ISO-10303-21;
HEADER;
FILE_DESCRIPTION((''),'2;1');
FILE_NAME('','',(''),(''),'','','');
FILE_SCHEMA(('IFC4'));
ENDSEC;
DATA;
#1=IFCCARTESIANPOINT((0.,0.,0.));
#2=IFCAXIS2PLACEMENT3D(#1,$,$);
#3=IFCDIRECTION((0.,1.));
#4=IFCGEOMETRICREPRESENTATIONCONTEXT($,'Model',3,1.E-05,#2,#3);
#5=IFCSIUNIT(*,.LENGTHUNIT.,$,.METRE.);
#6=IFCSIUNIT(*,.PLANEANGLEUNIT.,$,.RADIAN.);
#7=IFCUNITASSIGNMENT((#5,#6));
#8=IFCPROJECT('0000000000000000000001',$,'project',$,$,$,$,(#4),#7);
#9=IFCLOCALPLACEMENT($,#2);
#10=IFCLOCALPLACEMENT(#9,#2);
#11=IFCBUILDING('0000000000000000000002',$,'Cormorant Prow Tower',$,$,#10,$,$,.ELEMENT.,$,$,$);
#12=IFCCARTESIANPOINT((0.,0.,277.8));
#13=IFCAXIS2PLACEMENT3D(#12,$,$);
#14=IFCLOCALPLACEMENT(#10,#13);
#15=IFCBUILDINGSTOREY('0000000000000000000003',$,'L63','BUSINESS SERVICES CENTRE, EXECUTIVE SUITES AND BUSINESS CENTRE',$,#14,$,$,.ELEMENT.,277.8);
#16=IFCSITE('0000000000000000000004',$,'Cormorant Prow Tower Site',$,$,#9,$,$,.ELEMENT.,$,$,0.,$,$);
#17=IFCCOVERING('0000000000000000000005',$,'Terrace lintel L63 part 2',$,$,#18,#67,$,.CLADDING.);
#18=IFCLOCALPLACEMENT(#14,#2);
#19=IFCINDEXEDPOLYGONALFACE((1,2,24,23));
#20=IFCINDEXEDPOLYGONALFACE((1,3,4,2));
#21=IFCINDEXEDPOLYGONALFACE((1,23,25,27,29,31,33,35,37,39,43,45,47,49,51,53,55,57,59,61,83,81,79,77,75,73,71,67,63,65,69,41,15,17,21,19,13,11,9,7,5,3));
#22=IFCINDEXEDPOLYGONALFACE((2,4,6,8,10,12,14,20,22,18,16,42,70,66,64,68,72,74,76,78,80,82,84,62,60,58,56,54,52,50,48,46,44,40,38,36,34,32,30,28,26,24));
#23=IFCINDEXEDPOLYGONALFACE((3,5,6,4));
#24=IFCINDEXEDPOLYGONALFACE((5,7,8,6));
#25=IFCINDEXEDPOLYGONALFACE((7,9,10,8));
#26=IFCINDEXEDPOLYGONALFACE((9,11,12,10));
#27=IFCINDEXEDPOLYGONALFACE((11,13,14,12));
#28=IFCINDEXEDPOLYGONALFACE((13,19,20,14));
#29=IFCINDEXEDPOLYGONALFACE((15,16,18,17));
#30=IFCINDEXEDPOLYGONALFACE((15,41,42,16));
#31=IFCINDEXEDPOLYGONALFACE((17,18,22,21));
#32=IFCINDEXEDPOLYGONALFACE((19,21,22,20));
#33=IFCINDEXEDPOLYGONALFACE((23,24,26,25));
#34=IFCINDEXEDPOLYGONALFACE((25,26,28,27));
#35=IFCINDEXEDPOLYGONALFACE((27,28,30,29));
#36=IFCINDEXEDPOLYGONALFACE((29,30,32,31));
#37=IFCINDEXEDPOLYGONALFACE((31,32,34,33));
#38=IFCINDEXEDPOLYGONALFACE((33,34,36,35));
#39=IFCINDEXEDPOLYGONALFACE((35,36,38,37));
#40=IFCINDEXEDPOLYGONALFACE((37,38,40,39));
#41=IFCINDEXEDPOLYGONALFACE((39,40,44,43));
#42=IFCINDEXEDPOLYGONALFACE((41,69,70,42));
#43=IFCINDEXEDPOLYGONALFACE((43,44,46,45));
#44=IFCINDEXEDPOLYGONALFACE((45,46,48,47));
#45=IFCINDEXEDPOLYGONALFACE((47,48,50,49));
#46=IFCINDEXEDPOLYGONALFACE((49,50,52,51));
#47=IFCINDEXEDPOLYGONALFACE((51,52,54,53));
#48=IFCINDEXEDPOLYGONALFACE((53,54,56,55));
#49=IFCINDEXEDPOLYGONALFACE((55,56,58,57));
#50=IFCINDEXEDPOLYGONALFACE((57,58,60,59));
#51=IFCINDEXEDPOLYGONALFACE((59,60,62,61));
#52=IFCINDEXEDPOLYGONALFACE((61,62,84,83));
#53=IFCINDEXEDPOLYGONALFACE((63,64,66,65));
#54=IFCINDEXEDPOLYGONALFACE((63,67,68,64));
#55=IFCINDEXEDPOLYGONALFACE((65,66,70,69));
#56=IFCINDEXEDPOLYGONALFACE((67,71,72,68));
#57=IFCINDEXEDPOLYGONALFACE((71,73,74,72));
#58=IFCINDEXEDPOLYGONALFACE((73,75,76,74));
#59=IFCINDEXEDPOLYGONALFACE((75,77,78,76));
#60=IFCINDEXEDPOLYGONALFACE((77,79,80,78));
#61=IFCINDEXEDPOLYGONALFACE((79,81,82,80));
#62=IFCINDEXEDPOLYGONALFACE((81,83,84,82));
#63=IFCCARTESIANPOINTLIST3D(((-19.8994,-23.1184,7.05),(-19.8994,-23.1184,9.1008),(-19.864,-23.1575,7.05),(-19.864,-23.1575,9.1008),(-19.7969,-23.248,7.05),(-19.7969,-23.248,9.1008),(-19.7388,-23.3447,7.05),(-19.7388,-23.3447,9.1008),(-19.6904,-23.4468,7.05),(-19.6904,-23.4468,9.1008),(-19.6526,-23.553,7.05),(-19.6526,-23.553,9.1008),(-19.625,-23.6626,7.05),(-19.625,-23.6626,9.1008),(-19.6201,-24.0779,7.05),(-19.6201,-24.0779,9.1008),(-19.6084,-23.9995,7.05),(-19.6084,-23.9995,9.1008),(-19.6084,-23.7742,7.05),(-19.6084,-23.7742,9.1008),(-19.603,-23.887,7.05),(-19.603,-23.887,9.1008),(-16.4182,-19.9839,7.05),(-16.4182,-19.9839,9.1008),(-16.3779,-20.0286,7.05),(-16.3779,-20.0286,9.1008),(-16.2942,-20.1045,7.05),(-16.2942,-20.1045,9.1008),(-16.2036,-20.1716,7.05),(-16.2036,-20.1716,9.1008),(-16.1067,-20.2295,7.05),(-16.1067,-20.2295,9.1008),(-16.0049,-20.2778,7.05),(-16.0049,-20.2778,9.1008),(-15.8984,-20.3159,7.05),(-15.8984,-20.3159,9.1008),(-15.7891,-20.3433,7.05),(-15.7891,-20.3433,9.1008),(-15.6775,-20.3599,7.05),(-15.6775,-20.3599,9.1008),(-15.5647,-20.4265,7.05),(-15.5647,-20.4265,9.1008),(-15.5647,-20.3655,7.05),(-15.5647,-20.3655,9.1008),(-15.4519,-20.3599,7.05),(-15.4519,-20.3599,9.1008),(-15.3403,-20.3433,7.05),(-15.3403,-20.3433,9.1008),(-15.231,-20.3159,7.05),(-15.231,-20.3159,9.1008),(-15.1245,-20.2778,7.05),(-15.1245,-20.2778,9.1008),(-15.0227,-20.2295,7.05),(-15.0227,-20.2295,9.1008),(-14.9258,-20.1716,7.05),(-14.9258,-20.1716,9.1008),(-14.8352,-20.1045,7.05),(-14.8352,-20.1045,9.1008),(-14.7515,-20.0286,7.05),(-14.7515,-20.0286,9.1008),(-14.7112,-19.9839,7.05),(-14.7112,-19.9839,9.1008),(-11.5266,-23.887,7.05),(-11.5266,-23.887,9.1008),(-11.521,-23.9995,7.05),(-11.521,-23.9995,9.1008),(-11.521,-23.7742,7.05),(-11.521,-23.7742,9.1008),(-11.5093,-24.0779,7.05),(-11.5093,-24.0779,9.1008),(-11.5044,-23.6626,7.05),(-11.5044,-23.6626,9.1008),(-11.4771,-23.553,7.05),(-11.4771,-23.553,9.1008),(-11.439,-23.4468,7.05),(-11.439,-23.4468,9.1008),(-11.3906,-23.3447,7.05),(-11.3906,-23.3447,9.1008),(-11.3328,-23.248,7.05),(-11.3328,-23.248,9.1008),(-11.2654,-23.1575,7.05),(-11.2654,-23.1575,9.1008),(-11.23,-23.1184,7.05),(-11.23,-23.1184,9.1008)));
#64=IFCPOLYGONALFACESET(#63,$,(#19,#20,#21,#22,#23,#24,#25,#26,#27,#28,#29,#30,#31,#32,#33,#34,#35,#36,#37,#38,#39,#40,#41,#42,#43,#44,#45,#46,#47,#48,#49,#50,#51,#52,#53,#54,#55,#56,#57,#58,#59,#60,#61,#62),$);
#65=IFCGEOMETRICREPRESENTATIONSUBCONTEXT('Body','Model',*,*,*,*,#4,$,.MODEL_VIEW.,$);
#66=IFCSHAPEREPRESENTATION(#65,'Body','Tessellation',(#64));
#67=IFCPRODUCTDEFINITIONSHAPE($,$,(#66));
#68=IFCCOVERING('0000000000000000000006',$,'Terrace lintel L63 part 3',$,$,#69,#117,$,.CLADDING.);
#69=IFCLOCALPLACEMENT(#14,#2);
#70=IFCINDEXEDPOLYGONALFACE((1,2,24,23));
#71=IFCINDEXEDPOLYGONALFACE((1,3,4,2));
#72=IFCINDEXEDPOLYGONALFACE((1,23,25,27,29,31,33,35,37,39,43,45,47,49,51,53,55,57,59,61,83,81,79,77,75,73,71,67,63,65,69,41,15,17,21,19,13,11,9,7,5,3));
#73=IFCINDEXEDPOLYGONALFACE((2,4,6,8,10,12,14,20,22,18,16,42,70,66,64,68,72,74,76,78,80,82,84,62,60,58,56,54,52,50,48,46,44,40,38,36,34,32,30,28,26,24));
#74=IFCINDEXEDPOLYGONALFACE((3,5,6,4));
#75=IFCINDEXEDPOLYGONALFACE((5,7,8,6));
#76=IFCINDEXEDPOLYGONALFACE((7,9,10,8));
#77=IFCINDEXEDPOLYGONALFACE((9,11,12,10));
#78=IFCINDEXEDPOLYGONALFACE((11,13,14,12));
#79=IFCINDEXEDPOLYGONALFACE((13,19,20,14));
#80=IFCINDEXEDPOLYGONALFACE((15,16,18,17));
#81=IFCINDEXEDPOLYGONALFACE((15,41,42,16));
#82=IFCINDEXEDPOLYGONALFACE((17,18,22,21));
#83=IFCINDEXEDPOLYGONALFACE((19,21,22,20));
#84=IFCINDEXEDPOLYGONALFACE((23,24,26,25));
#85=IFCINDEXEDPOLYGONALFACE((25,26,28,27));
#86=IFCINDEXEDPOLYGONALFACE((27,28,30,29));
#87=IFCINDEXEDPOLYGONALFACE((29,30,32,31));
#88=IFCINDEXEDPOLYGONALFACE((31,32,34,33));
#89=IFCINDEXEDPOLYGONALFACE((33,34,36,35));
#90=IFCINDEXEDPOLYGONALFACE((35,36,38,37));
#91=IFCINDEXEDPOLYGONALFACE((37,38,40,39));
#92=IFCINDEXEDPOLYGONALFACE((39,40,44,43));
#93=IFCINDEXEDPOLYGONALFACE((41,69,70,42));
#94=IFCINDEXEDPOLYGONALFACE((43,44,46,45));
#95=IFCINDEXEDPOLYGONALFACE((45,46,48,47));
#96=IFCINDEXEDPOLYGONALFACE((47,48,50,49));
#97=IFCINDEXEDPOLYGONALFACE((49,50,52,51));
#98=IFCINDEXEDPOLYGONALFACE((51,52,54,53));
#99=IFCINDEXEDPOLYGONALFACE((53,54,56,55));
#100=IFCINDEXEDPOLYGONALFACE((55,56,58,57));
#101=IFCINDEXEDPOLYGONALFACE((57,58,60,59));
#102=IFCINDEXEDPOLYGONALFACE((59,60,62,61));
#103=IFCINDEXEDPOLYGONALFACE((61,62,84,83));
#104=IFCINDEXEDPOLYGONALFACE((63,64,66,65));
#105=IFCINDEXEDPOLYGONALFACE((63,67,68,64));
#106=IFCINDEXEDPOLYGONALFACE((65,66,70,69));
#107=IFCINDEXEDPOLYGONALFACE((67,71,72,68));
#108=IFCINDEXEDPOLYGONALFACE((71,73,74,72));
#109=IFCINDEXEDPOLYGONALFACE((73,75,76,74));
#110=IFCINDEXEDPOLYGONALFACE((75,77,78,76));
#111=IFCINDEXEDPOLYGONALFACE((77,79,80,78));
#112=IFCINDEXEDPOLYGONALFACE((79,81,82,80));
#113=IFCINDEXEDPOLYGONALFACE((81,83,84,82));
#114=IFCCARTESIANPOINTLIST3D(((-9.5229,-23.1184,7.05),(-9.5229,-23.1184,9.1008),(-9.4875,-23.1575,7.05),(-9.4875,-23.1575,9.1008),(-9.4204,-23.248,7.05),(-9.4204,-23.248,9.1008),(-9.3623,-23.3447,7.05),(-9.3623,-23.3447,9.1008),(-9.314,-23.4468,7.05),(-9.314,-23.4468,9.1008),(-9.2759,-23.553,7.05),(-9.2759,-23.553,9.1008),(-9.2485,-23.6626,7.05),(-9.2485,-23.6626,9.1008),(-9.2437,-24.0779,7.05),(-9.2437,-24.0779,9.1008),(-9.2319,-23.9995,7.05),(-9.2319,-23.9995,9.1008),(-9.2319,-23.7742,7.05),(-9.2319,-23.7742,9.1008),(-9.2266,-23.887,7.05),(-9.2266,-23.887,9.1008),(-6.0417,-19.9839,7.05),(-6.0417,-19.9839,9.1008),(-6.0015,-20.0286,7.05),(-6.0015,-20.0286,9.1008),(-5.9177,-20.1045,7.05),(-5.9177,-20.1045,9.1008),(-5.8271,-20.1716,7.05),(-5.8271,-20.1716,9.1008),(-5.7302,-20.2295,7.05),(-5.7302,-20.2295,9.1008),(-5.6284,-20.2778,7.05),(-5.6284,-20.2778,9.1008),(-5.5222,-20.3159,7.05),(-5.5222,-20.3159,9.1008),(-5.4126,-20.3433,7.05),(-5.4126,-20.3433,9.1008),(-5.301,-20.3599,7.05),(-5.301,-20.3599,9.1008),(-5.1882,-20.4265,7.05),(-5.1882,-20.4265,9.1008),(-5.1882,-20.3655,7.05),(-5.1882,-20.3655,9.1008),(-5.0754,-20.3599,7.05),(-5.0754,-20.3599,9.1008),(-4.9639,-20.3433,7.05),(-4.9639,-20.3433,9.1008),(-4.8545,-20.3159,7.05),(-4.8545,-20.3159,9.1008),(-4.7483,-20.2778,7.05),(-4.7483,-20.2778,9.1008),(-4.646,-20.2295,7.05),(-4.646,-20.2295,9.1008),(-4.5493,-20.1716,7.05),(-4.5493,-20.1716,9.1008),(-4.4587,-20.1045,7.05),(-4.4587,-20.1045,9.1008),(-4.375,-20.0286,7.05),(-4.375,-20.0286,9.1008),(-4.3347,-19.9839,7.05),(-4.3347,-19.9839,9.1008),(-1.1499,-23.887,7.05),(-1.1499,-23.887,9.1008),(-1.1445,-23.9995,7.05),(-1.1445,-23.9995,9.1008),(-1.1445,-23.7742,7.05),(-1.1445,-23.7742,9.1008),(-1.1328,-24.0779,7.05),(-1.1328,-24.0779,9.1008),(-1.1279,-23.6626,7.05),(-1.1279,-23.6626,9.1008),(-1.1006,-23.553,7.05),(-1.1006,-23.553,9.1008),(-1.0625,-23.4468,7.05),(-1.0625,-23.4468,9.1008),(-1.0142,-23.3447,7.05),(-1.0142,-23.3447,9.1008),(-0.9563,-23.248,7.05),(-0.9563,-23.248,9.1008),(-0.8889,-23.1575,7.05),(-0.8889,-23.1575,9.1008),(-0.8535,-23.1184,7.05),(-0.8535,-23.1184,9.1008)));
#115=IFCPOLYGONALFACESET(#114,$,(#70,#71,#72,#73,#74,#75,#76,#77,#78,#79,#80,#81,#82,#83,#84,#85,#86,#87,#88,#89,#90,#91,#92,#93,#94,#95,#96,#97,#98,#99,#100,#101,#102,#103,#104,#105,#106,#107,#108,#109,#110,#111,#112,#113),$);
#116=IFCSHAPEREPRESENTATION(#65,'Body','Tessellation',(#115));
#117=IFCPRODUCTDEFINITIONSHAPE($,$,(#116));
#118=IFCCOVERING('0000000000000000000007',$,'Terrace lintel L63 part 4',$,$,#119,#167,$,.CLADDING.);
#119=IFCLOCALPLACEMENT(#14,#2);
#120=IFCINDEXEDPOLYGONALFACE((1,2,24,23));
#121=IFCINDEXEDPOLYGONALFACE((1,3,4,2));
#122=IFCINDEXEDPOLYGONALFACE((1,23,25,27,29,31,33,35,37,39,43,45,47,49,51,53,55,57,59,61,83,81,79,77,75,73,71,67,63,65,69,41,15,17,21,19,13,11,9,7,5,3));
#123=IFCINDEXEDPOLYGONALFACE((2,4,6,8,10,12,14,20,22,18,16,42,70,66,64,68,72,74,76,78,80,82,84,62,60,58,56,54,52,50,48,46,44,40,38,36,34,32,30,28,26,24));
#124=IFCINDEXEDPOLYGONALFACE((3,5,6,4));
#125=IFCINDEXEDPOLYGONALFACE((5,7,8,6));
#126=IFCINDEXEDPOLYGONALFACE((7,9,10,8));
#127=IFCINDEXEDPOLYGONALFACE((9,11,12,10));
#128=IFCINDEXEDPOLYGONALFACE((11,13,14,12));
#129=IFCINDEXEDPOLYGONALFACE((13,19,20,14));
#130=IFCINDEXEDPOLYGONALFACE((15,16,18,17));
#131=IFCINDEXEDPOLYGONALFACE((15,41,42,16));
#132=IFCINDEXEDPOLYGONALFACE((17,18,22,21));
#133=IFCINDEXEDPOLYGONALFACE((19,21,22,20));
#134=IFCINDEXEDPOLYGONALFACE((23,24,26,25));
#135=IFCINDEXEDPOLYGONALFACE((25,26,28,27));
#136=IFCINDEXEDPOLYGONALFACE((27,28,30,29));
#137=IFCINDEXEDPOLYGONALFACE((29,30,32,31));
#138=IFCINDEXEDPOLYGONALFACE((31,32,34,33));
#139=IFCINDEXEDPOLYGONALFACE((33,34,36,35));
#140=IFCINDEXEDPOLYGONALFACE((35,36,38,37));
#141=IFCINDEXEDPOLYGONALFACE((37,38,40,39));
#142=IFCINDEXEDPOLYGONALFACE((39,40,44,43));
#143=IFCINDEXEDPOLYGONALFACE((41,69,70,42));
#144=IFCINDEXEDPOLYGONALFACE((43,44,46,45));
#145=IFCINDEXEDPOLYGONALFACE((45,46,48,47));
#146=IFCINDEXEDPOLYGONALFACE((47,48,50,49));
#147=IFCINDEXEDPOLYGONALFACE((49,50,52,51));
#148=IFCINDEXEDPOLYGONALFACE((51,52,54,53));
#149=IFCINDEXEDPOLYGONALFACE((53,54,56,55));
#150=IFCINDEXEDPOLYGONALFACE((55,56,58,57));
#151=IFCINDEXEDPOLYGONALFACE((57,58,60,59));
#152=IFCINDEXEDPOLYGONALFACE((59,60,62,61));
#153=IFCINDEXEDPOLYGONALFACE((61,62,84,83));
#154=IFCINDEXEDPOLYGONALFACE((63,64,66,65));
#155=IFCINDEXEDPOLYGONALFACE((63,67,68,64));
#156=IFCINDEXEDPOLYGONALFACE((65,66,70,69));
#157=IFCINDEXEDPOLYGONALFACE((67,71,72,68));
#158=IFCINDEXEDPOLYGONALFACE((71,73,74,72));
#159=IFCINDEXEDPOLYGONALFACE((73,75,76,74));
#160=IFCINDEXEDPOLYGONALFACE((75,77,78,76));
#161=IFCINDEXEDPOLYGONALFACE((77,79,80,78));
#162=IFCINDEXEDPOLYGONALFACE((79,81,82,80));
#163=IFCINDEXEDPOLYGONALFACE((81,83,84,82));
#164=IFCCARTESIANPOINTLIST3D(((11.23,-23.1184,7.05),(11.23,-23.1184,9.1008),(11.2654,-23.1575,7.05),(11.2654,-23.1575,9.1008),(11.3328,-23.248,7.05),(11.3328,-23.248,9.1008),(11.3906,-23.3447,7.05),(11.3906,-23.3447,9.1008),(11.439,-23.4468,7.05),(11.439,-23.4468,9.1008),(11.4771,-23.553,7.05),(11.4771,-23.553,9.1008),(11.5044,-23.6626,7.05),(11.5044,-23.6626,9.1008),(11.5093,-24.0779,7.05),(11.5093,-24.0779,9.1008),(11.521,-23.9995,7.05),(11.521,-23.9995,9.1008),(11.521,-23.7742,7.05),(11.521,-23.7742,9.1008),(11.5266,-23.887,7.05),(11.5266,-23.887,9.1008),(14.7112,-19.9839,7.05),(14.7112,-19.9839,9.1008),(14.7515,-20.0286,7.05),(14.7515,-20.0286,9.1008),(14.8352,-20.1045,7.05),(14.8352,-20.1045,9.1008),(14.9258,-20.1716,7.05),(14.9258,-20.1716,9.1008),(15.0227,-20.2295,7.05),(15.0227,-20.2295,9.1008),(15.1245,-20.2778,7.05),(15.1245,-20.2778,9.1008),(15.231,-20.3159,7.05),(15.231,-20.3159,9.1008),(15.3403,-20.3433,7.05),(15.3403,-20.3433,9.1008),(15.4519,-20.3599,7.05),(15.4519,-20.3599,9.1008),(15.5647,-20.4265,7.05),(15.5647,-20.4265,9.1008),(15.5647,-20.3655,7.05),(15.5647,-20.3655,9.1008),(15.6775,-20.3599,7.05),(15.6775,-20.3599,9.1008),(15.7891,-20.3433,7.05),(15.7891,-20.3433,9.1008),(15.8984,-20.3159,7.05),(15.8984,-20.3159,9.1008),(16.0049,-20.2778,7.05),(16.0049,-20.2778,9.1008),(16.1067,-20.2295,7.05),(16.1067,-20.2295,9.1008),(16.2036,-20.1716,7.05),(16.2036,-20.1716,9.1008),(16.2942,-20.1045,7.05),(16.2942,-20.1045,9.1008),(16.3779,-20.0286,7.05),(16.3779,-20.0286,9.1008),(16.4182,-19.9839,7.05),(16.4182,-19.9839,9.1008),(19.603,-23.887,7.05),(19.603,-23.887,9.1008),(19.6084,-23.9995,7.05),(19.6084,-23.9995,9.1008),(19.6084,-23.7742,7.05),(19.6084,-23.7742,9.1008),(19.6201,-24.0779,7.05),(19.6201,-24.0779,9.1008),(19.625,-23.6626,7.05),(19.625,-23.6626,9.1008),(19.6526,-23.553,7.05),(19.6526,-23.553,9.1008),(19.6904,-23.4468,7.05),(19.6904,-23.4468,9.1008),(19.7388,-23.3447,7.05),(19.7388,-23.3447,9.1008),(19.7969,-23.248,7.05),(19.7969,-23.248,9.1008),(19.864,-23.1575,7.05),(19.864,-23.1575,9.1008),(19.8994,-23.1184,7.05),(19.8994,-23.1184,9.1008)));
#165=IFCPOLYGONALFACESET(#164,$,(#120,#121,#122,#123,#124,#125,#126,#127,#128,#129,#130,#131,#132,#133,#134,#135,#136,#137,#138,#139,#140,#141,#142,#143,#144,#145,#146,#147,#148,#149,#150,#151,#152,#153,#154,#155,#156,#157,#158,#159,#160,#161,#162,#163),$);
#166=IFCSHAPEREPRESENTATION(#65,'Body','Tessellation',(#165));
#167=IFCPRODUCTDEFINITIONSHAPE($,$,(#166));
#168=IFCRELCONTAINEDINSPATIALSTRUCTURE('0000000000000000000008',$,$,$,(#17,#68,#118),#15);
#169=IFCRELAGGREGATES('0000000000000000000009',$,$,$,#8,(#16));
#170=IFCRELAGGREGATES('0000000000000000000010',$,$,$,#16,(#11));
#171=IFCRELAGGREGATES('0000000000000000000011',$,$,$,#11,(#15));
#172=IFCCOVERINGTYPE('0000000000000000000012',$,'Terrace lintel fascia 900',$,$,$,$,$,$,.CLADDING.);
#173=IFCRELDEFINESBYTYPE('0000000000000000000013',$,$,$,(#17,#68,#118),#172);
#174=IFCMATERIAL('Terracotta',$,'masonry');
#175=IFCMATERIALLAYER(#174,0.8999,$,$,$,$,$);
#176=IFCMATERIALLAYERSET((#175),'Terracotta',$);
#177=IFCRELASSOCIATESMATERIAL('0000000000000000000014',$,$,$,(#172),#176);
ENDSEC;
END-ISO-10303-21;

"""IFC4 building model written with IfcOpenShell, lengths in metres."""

from ifc_helpers import new_model, si_unit, direction, frame, origin, place, context, subcontext, project, spatial, polyline, outline, extrude, material, layer, layer_set, type_object, element, save


model = new_model("IFC4")

# Units and contexts
model_context = context("Model", 3, precision=1e-05, world=origin(), true_north=direction((0.0, 1.0)))
body_context = subcontext(model_context, "Body", "Model", "MODEL_VIEW")
ifc_project = project(units=[si_unit("LENGTHUNIT", "METRE"), si_unit("PLANEANGLEUNIT", "RADIAN")], contexts=[model_context])

# Site, building, storey
site_placement = place(None, origin())
site = spatial("IfcSite", under=ifc_project, at=site_placement, Name="Cormorant Prow Tower Site", CompositionType="ELEMENT", RefElevation=0.0)
building_placement = place(site_placement, origin())
building = spatial("IfcBuilding", under=site, at=building_placement, Name="Cormorant Prow Tower", CompositionType="ELEMENT")
storey_placement = place(building_placement, frame((0.0, 0.0, 277.8)))
storey = spatial("IfcBuildingStorey", under=building, at=storey_placement, Name="L63", Description="BUSINESS SERVICES CENTRE, EXECUTIVE SUITES AND BUSINESS CENTRE", CompositionType="ELEMENT", Elevation=277.8)

# Coverings
ifc_material_1 = material(Name="Terracotta", Category="masonry")
ifc_layer_1 = layer(ifc_material_1, 0.8999)
ifc_layer_set_1 = layer_set([ifc_layer_1], Name="Terracotta")
covering_type = type_object("IfcCoveringType", Name="Terrace lintel fascia 900", PredefinedType="CLADDING", material=ifc_layer_set_1)
covering_1_placement = place(storey_placement, frame((0.0, 0.0, 7.05)))
element("IfcCovering", 1, at=covering_1_placement, inside=storey, type_object=covering_type, Name="Terrace lintel L63 part 2", PredefinedType="CLADDING", context=body_context, shape_type="SweptSolid", body=[
    extrude(outline(polyline([(-11.23, -23.1184), (-11.2654, -23.1575), (-11.3328, -23.248), (-11.3906, -23.3447), (-11.439, -23.4468), (-11.4771, -23.553), (-11.5044, -23.6626), (-11.521, -23.7742), (-11.5266, -23.887), (-11.521, -23.9995), (-11.5093, -24.0779), (-15.5647, -20.4265), (-19.6201, -24.0779), (-19.6084, -23.9995), (-19.603, -23.887), (-19.6084, -23.7742), (-19.625, -23.6626), (-19.6526, -23.553), (-19.6904, -23.4468), (-19.7388, -23.3447), (-19.7969, -23.248), (-19.864, -23.1575), (-19.8994, -23.1184), (-16.4182, -19.9839), (-16.3779, -20.0286), (-16.2942, -20.1045), (-16.2036, -20.1716), (-16.1067, -20.2295), (-16.0049, -20.2778), (-15.8984, -20.3159), (-15.7891, -20.3433), (-15.6775, -20.3599), (-15.5647, -20.3655), (-15.4519, -20.3599), (-15.3403, -20.3433), (-15.231, -20.3159), (-15.1245, -20.2778), (-15.0227, -20.2295), (-14.9258, -20.1716), (-14.8352, -20.1045), (-14.7515, -20.0286), (-14.7112, -19.9839), (-11.23, -23.1184)])), origin(), (0.0, 0.0, 1.0), 2.0508),
])
covering_2_placement = place(storey_placement, frame((0.0, 0.0, 7.05)))
element("IfcCovering", 2, at=covering_2_placement, inside=storey, type_object=covering_type, Name="Terrace lintel L63 part 3", PredefinedType="CLADDING", context=body_context, shape_type="SweptSolid", body=[
    extrude(outline(polyline([(-6.0417, -19.9839), (-6.0015, -20.0286), (-5.9177, -20.1045), (-5.8271, -20.1716), (-5.7302, -20.2295), (-5.6284, -20.2778), (-5.5222, -20.3159), (-5.4126, -20.3433), (-5.301, -20.3599), (-5.1882, -20.3655), (-5.0754, -20.3599), (-4.9639, -20.3433), (-4.8545, -20.3159), (-4.7483, -20.2778), (-4.646, -20.2295), (-4.5493, -20.1716), (-4.4587, -20.1045), (-4.375, -20.0286), (-4.3347, -19.9839), (-0.8535, -23.1184), (-0.8889, -23.1575), (-0.9563, -23.248), (-1.0142, -23.3447), (-1.0625, -23.4468), (-1.1006, -23.553), (-1.1279, -23.6626), (-1.1445, -23.7742), (-1.1499, -23.887), (-1.1445, -23.9995), (-1.1328, -24.0779), (-5.1882, -20.4265), (-9.2437, -24.0779), (-9.2319, -23.9995), (-9.2266, -23.887), (-9.2319, -23.7742), (-9.2485, -23.6626), (-9.2759, -23.553), (-9.314, -23.4468), (-9.3623, -23.3447), (-9.4204, -23.248), (-9.4875, -23.1575), (-9.5229, -23.1184), (-6.0417, -19.9839)])), origin(), (0.0, 0.0, 1.0), 2.0508),
])
covering_3_placement = place(storey_placement, frame((0.0, 0.0, 7.05)))
element("IfcCovering", 3, at=covering_3_placement, inside=storey, type_object=covering_type, Name="Terrace lintel L63 part 4", PredefinedType="CLADDING", context=body_context, shape_type="SweptSolid", body=[
    extrude(outline(polyline([(14.7112, -19.9839), (14.7515, -20.0286), (14.8352, -20.1045), (14.9258, -20.1716), (15.0227, -20.2295), (15.1245, -20.2778), (15.231, -20.3159), (15.3403, -20.3433), (15.4519, -20.3599), (15.5647, -20.3655), (15.6775, -20.3599), (15.7891, -20.3433), (15.8984, -20.3159), (16.0049, -20.2778), (16.1067, -20.2295), (16.2036, -20.1716), (16.2942, -20.1045), (16.3779, -20.0286), (16.4182, -19.9839), (19.8994, -23.1184), (19.864, -23.1575), (19.7969, -23.248), (19.7388, -23.3447), (19.6904, -23.4468), (19.6526, -23.553), (19.625, -23.6626), (19.6084, -23.7742), (19.603, -23.887), (19.6084, -23.9995), (19.6201, -24.0779), (15.5647, -20.4265), (11.5093, -24.0779), (11.521, -23.9995), (11.5266, -23.887), (11.521, -23.7742), (11.5044, -23.6626), (11.4771, -23.553), (11.439, -23.4468), (11.3906, -23.3447), (11.3328, -23.248), (11.2654, -23.1575), (11.23, -23.1184), (14.7112, -19.9839)])), origin(), (0.0, 0.0, 1.0), 2.0508),
])

save(model, "model.ifc")
